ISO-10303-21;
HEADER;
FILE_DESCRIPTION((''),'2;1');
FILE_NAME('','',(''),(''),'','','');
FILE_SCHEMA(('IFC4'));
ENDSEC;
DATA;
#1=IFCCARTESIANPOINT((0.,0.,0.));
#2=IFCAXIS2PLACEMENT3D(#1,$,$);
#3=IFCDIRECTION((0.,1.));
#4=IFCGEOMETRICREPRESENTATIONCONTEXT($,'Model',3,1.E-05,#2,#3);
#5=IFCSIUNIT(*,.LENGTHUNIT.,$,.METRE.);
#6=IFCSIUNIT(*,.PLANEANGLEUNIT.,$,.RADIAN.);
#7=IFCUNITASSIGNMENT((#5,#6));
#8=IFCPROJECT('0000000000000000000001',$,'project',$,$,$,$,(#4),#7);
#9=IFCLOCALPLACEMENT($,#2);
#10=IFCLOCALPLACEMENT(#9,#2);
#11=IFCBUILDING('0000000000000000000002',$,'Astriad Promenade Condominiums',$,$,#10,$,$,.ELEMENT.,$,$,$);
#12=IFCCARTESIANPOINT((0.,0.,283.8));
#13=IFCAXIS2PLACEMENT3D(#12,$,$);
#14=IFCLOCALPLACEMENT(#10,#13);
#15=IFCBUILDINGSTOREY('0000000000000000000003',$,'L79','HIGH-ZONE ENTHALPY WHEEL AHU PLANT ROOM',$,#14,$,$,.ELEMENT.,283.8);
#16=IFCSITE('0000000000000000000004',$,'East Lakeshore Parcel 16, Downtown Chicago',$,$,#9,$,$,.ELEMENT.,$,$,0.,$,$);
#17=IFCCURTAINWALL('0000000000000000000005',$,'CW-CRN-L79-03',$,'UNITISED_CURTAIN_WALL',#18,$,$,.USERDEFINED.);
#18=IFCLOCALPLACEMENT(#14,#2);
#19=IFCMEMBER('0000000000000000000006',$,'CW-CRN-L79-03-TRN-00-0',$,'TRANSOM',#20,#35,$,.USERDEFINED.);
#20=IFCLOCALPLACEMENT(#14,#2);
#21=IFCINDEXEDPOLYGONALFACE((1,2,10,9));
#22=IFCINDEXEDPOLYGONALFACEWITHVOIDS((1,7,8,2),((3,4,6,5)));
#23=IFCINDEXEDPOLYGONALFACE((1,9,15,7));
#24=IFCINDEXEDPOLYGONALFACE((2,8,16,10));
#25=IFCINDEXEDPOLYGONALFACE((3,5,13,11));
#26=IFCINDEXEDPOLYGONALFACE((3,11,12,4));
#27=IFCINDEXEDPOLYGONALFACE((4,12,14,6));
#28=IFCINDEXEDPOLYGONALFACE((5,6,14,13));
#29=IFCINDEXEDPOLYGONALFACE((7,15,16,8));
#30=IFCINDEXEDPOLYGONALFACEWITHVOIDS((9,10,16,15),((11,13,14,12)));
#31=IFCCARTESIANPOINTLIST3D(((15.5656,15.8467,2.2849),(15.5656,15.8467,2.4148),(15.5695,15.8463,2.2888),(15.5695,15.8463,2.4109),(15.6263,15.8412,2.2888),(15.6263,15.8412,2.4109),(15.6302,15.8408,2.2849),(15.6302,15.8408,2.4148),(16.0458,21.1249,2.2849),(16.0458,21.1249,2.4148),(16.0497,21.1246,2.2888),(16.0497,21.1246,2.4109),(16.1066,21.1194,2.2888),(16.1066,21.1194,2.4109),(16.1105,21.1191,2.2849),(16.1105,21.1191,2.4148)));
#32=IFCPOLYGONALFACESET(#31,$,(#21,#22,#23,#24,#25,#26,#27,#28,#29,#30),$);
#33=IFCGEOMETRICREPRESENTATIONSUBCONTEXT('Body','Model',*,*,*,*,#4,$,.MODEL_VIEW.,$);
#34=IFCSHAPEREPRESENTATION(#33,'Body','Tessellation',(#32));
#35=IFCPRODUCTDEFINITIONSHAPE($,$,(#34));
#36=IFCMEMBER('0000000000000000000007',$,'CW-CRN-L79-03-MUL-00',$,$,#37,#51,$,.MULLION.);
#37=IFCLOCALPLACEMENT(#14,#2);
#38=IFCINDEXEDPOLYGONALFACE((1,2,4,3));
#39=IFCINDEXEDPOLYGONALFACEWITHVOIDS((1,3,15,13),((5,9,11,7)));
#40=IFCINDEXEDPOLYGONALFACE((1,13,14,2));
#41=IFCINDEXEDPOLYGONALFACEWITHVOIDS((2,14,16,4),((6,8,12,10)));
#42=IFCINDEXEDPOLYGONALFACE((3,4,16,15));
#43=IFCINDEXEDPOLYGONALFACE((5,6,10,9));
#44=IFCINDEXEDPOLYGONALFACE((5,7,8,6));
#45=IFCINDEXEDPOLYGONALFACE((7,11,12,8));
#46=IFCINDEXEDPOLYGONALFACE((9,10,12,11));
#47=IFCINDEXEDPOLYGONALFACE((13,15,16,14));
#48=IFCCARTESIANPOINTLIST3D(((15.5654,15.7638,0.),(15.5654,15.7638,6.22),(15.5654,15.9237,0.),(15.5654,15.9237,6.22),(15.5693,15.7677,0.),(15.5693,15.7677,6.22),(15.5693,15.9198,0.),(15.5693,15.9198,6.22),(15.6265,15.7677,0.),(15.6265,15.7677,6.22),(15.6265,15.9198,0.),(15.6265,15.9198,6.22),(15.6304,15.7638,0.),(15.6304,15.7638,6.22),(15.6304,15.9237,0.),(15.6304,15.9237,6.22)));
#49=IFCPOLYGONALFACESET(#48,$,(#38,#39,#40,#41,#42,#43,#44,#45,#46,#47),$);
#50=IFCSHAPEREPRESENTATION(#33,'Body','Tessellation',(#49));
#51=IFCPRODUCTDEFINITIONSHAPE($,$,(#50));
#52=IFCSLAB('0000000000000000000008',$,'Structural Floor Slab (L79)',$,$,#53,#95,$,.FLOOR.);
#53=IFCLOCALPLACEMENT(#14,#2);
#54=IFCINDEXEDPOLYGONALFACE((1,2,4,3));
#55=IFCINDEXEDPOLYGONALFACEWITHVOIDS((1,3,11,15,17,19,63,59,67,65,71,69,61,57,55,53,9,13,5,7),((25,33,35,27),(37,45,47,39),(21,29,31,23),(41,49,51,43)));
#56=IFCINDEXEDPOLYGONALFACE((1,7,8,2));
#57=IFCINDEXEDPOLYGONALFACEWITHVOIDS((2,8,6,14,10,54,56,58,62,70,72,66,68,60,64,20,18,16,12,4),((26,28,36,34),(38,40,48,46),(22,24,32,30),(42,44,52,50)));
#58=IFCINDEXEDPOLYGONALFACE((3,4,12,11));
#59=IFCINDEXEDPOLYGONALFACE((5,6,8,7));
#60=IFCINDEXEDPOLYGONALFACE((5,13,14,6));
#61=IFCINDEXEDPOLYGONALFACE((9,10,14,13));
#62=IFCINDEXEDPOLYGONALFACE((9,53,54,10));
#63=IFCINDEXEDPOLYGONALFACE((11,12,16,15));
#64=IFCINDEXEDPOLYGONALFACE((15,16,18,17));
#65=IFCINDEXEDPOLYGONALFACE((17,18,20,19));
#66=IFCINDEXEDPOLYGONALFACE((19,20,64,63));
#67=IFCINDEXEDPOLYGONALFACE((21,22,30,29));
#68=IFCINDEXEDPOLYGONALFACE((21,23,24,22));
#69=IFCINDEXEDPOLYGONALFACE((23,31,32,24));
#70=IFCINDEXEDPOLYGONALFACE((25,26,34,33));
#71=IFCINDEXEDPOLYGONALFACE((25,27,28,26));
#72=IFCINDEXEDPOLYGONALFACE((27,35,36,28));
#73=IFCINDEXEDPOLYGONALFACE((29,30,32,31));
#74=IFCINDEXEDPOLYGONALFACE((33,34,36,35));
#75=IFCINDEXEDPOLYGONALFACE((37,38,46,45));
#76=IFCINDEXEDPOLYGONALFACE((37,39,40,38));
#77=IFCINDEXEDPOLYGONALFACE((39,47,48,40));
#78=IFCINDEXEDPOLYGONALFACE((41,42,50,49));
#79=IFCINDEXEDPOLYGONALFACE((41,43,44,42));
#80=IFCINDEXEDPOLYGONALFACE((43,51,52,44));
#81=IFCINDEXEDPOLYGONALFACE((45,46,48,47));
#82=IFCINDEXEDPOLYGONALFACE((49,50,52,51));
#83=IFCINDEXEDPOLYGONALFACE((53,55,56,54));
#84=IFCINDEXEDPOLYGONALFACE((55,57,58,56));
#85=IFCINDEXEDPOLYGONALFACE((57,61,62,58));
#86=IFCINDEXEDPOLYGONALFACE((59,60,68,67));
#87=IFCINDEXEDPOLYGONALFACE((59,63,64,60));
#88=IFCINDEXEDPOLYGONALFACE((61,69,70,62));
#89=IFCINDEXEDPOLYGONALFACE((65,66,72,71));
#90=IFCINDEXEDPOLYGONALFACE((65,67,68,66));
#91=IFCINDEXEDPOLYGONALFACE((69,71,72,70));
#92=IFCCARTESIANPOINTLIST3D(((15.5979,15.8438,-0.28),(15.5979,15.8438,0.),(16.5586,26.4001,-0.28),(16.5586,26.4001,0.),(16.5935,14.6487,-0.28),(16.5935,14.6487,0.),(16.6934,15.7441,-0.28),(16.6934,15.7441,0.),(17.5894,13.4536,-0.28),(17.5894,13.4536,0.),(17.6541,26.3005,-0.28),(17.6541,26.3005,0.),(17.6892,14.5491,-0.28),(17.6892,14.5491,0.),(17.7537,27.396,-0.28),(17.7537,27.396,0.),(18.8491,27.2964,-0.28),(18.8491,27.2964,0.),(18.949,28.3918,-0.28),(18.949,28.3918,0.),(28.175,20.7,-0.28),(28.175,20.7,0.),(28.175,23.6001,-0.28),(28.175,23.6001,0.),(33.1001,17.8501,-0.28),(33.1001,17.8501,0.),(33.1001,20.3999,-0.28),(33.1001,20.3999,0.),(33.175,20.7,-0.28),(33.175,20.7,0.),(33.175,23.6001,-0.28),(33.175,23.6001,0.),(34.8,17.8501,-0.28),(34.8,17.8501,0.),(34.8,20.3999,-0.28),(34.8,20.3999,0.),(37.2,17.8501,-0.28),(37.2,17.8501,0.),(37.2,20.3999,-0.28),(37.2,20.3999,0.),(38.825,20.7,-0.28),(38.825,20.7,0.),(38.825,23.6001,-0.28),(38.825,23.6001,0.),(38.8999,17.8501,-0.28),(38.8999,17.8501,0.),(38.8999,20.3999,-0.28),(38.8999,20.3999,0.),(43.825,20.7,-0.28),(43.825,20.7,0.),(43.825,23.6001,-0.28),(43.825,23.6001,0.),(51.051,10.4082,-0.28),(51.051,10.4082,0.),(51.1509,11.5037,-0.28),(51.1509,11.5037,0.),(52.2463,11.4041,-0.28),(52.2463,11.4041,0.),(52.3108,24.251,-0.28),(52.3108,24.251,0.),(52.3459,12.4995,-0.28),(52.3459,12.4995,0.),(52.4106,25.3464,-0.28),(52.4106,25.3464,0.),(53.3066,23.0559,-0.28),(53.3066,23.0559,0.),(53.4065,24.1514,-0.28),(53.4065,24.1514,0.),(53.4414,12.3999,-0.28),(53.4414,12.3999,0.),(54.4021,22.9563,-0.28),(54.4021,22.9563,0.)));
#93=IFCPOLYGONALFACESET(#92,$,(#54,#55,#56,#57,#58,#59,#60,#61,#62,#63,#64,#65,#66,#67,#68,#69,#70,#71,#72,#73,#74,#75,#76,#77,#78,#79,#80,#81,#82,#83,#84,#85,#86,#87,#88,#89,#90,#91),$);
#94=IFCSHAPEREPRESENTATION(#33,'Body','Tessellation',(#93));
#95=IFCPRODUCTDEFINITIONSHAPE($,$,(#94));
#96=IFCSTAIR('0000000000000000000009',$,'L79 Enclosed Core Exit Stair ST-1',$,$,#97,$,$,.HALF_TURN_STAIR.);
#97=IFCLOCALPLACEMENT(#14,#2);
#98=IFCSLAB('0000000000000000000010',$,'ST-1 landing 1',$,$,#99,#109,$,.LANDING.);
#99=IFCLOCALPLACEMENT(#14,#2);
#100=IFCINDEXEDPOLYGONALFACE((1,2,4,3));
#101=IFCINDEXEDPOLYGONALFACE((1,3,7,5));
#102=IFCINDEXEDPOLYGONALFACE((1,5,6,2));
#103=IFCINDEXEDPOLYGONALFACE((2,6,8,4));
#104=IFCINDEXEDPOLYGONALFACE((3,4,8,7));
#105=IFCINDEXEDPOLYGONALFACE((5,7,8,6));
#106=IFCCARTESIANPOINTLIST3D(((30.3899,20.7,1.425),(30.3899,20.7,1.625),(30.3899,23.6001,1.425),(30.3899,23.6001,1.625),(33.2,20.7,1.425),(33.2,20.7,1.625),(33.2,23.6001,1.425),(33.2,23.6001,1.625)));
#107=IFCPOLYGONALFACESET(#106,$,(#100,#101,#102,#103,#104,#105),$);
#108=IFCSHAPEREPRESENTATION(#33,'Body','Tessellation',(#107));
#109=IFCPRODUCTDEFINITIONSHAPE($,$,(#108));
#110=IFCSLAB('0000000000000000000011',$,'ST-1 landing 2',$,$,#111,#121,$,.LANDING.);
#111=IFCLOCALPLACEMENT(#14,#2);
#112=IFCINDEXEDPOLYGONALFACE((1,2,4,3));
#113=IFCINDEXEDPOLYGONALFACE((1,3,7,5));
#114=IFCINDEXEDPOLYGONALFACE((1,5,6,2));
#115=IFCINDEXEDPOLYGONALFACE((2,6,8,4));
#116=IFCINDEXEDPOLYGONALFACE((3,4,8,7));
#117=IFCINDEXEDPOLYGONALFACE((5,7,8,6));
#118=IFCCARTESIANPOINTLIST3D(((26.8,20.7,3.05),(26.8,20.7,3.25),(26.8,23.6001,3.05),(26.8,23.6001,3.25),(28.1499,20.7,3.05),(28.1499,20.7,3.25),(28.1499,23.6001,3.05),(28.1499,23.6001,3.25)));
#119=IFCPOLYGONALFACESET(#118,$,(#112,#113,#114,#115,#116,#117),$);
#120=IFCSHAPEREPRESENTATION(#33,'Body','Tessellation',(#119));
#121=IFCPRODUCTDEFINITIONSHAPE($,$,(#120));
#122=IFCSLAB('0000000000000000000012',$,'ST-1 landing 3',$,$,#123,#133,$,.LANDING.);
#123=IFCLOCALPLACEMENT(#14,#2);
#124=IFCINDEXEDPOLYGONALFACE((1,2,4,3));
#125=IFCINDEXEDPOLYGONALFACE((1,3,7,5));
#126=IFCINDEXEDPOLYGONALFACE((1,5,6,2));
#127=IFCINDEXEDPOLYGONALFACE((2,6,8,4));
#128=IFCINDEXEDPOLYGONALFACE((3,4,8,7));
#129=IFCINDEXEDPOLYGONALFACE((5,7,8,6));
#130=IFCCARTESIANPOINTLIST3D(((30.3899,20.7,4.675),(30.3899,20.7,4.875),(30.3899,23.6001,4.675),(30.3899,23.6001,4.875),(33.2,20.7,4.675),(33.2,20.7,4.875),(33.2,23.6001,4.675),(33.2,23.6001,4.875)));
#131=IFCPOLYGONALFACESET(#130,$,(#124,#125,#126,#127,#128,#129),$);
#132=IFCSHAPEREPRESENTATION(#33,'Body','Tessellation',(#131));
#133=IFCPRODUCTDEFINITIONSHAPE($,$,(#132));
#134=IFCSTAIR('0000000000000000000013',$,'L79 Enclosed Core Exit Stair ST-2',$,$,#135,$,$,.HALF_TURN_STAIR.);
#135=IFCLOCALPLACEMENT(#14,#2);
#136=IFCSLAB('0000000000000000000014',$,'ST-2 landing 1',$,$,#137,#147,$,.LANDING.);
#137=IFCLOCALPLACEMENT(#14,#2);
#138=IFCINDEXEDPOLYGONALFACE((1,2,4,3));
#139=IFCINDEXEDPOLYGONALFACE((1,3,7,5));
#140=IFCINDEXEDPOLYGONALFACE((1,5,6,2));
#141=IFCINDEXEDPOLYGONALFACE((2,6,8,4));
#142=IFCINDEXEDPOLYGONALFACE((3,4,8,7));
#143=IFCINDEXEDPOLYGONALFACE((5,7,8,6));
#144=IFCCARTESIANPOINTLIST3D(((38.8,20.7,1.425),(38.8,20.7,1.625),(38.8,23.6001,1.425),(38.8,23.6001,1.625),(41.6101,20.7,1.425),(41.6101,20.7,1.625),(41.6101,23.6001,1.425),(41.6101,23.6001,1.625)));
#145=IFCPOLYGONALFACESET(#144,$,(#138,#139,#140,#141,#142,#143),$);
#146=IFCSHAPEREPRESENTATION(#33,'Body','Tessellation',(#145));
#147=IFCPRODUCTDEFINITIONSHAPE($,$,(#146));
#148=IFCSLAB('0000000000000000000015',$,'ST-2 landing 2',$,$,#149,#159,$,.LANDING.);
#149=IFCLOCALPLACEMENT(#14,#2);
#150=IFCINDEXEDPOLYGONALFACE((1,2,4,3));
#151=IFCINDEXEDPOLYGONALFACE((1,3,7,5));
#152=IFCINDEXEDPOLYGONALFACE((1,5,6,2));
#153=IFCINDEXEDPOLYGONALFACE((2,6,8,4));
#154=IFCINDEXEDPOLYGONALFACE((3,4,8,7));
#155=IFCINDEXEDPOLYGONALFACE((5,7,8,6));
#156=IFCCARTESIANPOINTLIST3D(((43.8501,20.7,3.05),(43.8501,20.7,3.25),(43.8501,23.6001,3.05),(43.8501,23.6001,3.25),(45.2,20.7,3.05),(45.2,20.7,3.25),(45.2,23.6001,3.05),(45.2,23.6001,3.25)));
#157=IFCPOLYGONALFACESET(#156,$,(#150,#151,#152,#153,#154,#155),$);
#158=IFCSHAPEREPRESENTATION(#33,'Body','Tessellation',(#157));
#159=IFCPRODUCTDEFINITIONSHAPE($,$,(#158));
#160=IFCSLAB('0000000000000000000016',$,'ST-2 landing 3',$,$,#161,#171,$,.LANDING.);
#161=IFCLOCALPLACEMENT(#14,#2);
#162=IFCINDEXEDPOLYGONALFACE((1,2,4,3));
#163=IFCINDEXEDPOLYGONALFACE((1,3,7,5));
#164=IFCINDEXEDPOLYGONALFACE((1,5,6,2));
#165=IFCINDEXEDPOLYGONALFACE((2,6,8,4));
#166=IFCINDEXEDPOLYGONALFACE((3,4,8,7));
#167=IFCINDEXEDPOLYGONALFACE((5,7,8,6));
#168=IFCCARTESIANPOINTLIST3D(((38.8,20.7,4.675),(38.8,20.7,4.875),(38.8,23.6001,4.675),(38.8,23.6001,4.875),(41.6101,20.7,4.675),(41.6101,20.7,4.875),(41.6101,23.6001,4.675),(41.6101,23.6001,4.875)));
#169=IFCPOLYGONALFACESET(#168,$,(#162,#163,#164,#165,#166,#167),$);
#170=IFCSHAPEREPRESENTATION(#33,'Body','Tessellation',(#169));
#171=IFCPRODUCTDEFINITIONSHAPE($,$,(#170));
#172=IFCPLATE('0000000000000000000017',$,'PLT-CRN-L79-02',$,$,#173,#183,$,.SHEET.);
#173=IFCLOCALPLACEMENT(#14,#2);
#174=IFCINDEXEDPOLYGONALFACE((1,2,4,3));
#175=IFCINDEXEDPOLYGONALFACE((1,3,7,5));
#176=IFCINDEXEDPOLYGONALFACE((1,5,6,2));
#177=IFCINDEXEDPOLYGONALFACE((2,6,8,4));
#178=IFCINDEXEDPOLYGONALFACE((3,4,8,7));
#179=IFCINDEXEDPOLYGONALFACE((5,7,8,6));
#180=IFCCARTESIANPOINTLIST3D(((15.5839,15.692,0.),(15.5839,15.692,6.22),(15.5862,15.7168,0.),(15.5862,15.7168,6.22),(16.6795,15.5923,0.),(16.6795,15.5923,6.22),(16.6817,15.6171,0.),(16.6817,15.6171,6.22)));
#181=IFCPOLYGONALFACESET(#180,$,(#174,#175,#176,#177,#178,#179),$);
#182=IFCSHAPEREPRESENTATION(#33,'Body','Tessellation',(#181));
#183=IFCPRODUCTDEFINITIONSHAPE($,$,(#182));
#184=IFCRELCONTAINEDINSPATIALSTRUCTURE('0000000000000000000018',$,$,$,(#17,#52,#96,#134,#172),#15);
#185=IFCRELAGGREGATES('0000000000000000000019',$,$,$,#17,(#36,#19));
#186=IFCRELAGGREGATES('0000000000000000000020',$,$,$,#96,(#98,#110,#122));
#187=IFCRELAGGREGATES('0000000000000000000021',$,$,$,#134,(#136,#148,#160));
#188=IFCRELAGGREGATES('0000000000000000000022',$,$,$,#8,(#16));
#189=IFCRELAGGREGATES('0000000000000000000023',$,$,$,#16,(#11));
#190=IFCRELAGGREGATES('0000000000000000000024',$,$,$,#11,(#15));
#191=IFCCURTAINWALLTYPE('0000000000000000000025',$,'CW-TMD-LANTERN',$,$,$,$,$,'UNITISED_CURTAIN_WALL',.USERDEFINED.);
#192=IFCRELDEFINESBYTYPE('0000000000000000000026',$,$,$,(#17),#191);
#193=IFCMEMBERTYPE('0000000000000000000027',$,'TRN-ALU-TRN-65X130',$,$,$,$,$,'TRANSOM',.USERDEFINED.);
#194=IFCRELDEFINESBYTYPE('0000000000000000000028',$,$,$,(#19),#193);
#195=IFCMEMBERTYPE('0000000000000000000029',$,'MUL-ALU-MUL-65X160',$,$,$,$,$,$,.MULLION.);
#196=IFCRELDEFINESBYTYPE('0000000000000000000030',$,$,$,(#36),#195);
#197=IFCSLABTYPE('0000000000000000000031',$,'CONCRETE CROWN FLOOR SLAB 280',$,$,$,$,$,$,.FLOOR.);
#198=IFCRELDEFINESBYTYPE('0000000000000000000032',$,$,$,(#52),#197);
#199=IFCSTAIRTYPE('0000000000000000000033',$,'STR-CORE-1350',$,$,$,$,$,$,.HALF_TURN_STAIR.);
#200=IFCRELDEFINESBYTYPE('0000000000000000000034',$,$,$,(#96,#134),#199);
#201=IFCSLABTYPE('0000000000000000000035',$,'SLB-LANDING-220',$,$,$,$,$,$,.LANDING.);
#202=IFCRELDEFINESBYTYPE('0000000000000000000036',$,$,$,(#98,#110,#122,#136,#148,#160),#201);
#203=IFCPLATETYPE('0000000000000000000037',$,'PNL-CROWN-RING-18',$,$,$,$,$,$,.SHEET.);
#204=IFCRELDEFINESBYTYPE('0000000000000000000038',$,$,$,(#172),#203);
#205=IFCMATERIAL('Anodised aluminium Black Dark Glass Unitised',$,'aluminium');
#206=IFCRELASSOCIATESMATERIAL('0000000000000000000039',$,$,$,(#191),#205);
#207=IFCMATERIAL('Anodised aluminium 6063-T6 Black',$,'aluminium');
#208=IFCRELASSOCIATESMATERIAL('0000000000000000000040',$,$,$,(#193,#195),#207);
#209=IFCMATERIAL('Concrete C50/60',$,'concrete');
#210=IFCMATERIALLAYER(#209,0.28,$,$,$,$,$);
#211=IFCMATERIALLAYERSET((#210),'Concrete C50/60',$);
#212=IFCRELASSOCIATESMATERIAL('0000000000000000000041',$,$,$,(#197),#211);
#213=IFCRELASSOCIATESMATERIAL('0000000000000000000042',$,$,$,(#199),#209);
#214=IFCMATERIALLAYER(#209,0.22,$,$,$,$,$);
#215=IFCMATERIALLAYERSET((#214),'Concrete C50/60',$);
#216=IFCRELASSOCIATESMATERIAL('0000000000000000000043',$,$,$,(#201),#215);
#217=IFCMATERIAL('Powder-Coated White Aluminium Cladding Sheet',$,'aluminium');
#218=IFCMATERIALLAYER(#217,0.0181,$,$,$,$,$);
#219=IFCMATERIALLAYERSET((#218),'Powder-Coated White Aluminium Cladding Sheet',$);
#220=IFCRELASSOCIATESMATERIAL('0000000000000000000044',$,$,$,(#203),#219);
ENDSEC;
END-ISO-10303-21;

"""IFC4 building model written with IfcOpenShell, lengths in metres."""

from ifc_helpers import new_model, si_unit, direction, frame, origin, origin_2d, place, context, subcontext, project, spatial, polyline, rectangle, hollow_rectangle, outline, extrude, source, transform, mapped, material, layer, layer_set, material_profile, profile_set, type_object, type_shapes, element, aggregate, save


model = new_model("IFC4")

# Units and contexts
model_context = context("Model", 3, precision=1e-05, world=origin(), true_north=direction((0.0, 1.0)))
body_context = subcontext(model_context, "Body", "Model", "MODEL_VIEW")
ifc_project = project(units=[si_unit("LENGTHUNIT", "METRE"), si_unit("PLANEANGLEUNIT", "RADIAN")], contexts=[model_context])

# Site, building, storey
site_placement = place(None, origin())
site = spatial("IfcSite", under=ifc_project, at=site_placement, Name="East Lakeshore Parcel 16, Downtown Chicago", CompositionType="ELEMENT", RefElevation=0.0)
building_placement = place(site_placement, origin())
building = spatial("IfcBuilding", under=site, at=building_placement, Name="Astriad Promenade Condominiums", CompositionType="ELEMENT")
storey_placement = place(building_placement, frame((0.0, 0.0, 283.8)))
storey = spatial("IfcBuildingStorey", under=building, at=storey_placement, Name="L79", Description="HIGH-ZONE ENTHALPY WHEEL AHU PLANT ROOM", CompositionType="ELEMENT", Elevation=283.8)

# Curtain wall, members
ifc_material_1 = material(Name="Anodised aluminium Black Dark Glass Unitised", Category="aluminium")
curtain_wall_type = type_object("IfcCurtainWallType", Name="CW-TMD-LANTERN", ElementType="UNITISED_CURTAIN_WALL", PredefinedType="USERDEFINED", material=ifc_material_1)
curtain_wall_placement = place(storey_placement, origin())
curtain_wall = element("IfcCurtainWall", 1, at=curtain_wall_placement, inside=storey, type_object=curtain_wall_type, Name="CW-CRN-L79-03", ObjectType="UNITISED_CURTAIN_WALL", PredefinedType="USERDEFINED")
ifc_material_2 = material(Name="Anodised aluminium 6063-T6 Black", Category="aluminium")
ifc_material_profile_1 = material_profile(ifc_material_2, hollow_rectangle(XDim=0.0649, YDim=0.1299, WallThickness=0.0039, at=origin_2d()), Name="ALU-TRN-65X130")
ifc_profile_set_1 = profile_set([ifc_material_profile_1], Name="Anodised aluminium 6063-T6 Black")
member_type_1 = type_object("IfcMemberType", Name="TRN-ALU-TRN-65X130", ElementType="TRANSOM", PredefinedType="USERDEFINED", material=ifc_profile_set_1)
shared_shape_1 = source(origin(), body_context, "Body", "SweptSolid", [
    extrude(hollow_rectangle(XDim=0.0649, YDim=0.1299, WallThickness=0.0039, at=origin_2d()), origin(), (0.0, 0.0, 1.0), 5.3),
])
type_shapes(member_type_1, [shared_shape_1])
member_1_placement = place(storey_placement, frame((15.5979, 15.8438, 2.3499), z_axis=(0.090606, 0.995887, 0.0), x_axis=(-0.995887, 0.090606, 0.0)))
member_1 = element("IfcMember", 2, at=member_1_placement, type_object=member_type_1, Name="CW-CRN-L79-03-TRN-00-0", ObjectType="TRANSOM", PredefinedType="USERDEFINED", context=body_context, shape_type="MappedRepresentation", body=[
    mapped(shared_shape_1, transform((0.0, 0.0, 0.0), scale=1.0)),
])
ifc_material_profile_2 = material_profile(ifc_material_2, hollow_rectangle(XDim=0.0649, YDim=0.1599, WallThickness=0.0039, at=origin_2d()), Name="ALU-MUL-65X160")
ifc_profile_set_2 = profile_set([ifc_material_profile_2], Name="Anodised aluminium 6063-T6 Black")
member_type_2 = type_object("IfcMemberType", Name="MUL-ALU-MUL-65X160", PredefinedType="MULLION", material=ifc_profile_set_2)
shared_shape_2 = source(origin(), body_context, "Body", "SweptSolid", [
    extrude(hollow_rectangle(XDim=0.0649, YDim=0.1599, WallThickness=0.0039, at=origin_2d()), origin(), (0.0, 0.0, 1.0), 6.22),
])
type_shapes(member_type_2, [shared_shape_2])
member_2_placement = place(storey_placement, frame((15.5979, 15.8438, 0.0), z_axis=(0.0, 0.0, 1.0), x_axis=(1.0, 0.0, 0.0)))
member_2 = element("IfcMember", 3, at=member_2_placement, type_object=member_type_2, Name="CW-CRN-L79-03-MUL-00", PredefinedType="MULLION", context=body_context, shape_type="MappedRepresentation", body=[
    mapped(shared_shape_2, transform((0.0, 0.0, 0.0), scale=1.0)),
])
aggregate(curtain_wall, [member_2, member_1])

# Slab
ifc_material_3 = material(Name="Concrete C50/60", Category="concrete")
ifc_layer_1 = layer(ifc_material_3, 0.28)
ifc_layer_set_1 = layer_set([ifc_layer_1], Name="Concrete C50/60")
slab_type_1 = type_object("IfcSlabType", Name="CONCRETE CROWN FLOOR SLAB 280", PredefinedType="FLOOR", material=ifc_layer_set_1)
slab_1_placement = place(storey_placement, frame((0.0, 0.0, -0.28)))
element("IfcSlab", 4, at=slab_1_placement, inside=storey, type_object=slab_type_1, Name="Structural Floor Slab (L79)", PredefinedType="FLOOR", context=body_context, shape_type="SweptSolid", body=[
    extrude(outline(polyline([(17.5894, 13.4536), (51.051, 10.4082), (51.1509, 11.5037), (52.2463, 11.4041), (52.3459, 12.4995), (53.4414, 12.3999), (54.4021, 22.9563), (53.3066, 23.0559), (53.4065, 24.1514), (52.3108, 24.251), (52.4106, 25.3464), (18.949, 28.3918), (18.8491, 27.2964), (17.7537, 27.396), (17.6541, 26.3005), (16.5586, 26.4001), (15.5979, 15.8438), (16.6934, 15.7441), (16.5935, 14.6487), (17.6892, 14.5491), (17.5894, 13.4536)]), holes=[polyline([(28.175, 20.7), (33.175, 20.7), (33.175, 23.6001), (28.175, 23.6001), (28.175, 20.7)]), polyline([(38.825, 20.7), (43.825, 20.7), (43.825, 23.6001), (38.825, 23.6001), (38.825, 20.7)]), polyline([(33.1001, 17.8501), (34.8, 17.8501), (34.8, 20.3999), (33.1001, 20.3999), (33.1001, 17.8501)]), polyline([(37.2, 17.8501), (38.8999, 17.8501), (38.8999, 20.3999), (37.2, 20.3999), (37.2, 17.8501)])]), origin(), (0.0, 0.0, 1.0), 0.28),
])

# Stairs, slabs
stair_type = type_object("IfcStairType", Name="STR-CORE-1350", PredefinedType="HALF_TURN_STAIR", material=ifc_material_3)
stair_1_placement = place(storey_placement, origin())
stair_1 = element("IfcStair", 5, at=stair_1_placement, inside=storey, type_object=stair_type, Name="L79 Enclosed Core Exit Stair ST-1", PredefinedType="HALF_TURN_STAIR")
ifc_layer_2 = layer(ifc_material_3, 0.22)
ifc_layer_set_2 = layer_set([ifc_layer_2], Name="Concrete C50/60")
slab_type_2 = type_object("IfcSlabType", Name="SLB-LANDING-220", PredefinedType="LANDING", material=ifc_layer_set_2)
slab_2_placement = place(storey_placement, frame((0.0, 0.0, 1.425)))
slab_2 = element("IfcSlab", 6, at=slab_2_placement, type_object=slab_type_2, Name="ST-1 landing 1", PredefinedType="LANDING", context=body_context, shape_type="SweptSolid", body=[
    extrude(outline(polyline([(30.3899, 20.7), (33.2, 20.7), (33.2, 23.6001), (30.3899, 23.6001), (30.3899, 20.7)])), origin(), (0.0, 0.0, 1.0), 0.2),
])
slab_3_placement = place(storey_placement, frame((0.0, 0.0, 3.05)))
slab_3 = element("IfcSlab", 7, at=slab_3_placement, type_object=slab_type_2, Name="ST-1 landing 2", PredefinedType="LANDING", context=body_context, shape_type="SweptSolid", body=[
    extrude(outline(polyline([(26.8, 20.7), (28.1499, 20.7), (28.1499, 23.6001), (26.8, 23.6001), (26.8, 20.7)])), origin(), (0.0, 0.0, 1.0), 0.2),
])
slab_4_placement = place(storey_placement, frame((0.0, 0.0, 4.675)))
slab_4 = element("IfcSlab", 8, at=slab_4_placement, type_object=slab_type_2, Name="ST-1 landing 3", PredefinedType="LANDING", context=body_context, shape_type="SweptSolid", body=[
    extrude(outline(polyline([(30.3899, 20.7), (33.2, 20.7), (33.2, 23.6001), (30.3899, 23.6001), (30.3899, 20.7)])), origin(), (0.0, 0.0, 1.0), 0.2),
])
aggregate(stair_1, [slab_2, slab_3, slab_4])
stair_2_placement = place(storey_placement, origin())
stair_2 = element("IfcStair", 9, at=stair_2_placement, inside=storey, type_object=stair_type, Name="L79 Enclosed Core Exit Stair ST-2", PredefinedType="HALF_TURN_STAIR")
slab_5_placement = place(storey_placement, frame((0.0, 0.0, 1.425)))
slab_5 = element("IfcSlab", 10, at=slab_5_placement, type_object=slab_type_2, Name="ST-2 landing 1", PredefinedType="LANDING", context=body_context, shape_type="SweptSolid", body=[
    extrude(outline(polyline([(41.6101, 23.6001), (38.8, 23.6001), (38.8, 20.7), (41.6101, 20.7), (41.6101, 23.6001)])), origin(), (0.0, 0.0, 1.0), 0.2),
])
slab_6_placement = place(storey_placement, frame((0.0, 0.0, 3.05)))
slab_6 = element("IfcSlab", 11, at=slab_6_placement, type_object=slab_type_2, Name="ST-2 landing 2", PredefinedType="LANDING", context=body_context, shape_type="SweptSolid", body=[
    extrude(outline(polyline([(45.2, 23.6001), (43.8501, 23.6001), (43.8501, 20.7), (45.2, 20.7), (45.2, 23.6001)])), origin(), (0.0, 0.0, 1.0), 0.2),
])
slab_7_placement = place(storey_placement, frame((0.0, 0.0, 4.675)))
slab_7 = element("IfcSlab", 12, at=slab_7_placement, type_object=slab_type_2, Name="ST-2 landing 3", PredefinedType="LANDING", context=body_context, shape_type="SweptSolid", body=[
    extrude(outline(polyline([(41.6101, 23.6001), (38.8, 23.6001), (38.8, 20.7), (41.6101, 20.7), (41.6101, 23.6001)])), origin(), (0.0, 0.0, 1.0), 0.2),
])
aggregate(stair_2, [slab_5, slab_6, slab_7])

# Plate
ifc_material_4 = material(Name="Powder-Coated White Aluminium Cladding Sheet", Category="aluminium")
ifc_layer_3 = layer(ifc_material_4, 0.0181)
ifc_layer_set_3 = layer_set([ifc_layer_3], Name="Powder-Coated White Aluminium Cladding Sheet")
plate_type = type_object("IfcPlateType", Name="PNL-CROWN-RING-18", PredefinedType="SHEET", material=ifc_layer_set_3)
shared_shape_3 = source(origin(), body_context, "Body", "SweptSolid", [
    extrude(rectangle(XDim=1.1001, YDim=0.0249, at=origin_2d()), origin(), (0.0, 0.0, 1.0), 6.22),
])
plate_1_placement = place(storey_placement, frame((16.1328, 15.6545, 0.0), z_axis=(0.0, 0.0, 1.0), x_axis=(-0.995884, 0.090633, 0.0)))
element("IfcPlate", 13, at=plate_1_placement, inside=storey, type_object=plate_type, Name="PLT-CRN-L79-02", PredefinedType="SHEET", context=body_context, shape_type="MappedRepresentation", body=[
    mapped(shared_shape_3, transform((0.0, 0.0, 0.0), scale=1.0)),
])

save(model, "model.ifc")
